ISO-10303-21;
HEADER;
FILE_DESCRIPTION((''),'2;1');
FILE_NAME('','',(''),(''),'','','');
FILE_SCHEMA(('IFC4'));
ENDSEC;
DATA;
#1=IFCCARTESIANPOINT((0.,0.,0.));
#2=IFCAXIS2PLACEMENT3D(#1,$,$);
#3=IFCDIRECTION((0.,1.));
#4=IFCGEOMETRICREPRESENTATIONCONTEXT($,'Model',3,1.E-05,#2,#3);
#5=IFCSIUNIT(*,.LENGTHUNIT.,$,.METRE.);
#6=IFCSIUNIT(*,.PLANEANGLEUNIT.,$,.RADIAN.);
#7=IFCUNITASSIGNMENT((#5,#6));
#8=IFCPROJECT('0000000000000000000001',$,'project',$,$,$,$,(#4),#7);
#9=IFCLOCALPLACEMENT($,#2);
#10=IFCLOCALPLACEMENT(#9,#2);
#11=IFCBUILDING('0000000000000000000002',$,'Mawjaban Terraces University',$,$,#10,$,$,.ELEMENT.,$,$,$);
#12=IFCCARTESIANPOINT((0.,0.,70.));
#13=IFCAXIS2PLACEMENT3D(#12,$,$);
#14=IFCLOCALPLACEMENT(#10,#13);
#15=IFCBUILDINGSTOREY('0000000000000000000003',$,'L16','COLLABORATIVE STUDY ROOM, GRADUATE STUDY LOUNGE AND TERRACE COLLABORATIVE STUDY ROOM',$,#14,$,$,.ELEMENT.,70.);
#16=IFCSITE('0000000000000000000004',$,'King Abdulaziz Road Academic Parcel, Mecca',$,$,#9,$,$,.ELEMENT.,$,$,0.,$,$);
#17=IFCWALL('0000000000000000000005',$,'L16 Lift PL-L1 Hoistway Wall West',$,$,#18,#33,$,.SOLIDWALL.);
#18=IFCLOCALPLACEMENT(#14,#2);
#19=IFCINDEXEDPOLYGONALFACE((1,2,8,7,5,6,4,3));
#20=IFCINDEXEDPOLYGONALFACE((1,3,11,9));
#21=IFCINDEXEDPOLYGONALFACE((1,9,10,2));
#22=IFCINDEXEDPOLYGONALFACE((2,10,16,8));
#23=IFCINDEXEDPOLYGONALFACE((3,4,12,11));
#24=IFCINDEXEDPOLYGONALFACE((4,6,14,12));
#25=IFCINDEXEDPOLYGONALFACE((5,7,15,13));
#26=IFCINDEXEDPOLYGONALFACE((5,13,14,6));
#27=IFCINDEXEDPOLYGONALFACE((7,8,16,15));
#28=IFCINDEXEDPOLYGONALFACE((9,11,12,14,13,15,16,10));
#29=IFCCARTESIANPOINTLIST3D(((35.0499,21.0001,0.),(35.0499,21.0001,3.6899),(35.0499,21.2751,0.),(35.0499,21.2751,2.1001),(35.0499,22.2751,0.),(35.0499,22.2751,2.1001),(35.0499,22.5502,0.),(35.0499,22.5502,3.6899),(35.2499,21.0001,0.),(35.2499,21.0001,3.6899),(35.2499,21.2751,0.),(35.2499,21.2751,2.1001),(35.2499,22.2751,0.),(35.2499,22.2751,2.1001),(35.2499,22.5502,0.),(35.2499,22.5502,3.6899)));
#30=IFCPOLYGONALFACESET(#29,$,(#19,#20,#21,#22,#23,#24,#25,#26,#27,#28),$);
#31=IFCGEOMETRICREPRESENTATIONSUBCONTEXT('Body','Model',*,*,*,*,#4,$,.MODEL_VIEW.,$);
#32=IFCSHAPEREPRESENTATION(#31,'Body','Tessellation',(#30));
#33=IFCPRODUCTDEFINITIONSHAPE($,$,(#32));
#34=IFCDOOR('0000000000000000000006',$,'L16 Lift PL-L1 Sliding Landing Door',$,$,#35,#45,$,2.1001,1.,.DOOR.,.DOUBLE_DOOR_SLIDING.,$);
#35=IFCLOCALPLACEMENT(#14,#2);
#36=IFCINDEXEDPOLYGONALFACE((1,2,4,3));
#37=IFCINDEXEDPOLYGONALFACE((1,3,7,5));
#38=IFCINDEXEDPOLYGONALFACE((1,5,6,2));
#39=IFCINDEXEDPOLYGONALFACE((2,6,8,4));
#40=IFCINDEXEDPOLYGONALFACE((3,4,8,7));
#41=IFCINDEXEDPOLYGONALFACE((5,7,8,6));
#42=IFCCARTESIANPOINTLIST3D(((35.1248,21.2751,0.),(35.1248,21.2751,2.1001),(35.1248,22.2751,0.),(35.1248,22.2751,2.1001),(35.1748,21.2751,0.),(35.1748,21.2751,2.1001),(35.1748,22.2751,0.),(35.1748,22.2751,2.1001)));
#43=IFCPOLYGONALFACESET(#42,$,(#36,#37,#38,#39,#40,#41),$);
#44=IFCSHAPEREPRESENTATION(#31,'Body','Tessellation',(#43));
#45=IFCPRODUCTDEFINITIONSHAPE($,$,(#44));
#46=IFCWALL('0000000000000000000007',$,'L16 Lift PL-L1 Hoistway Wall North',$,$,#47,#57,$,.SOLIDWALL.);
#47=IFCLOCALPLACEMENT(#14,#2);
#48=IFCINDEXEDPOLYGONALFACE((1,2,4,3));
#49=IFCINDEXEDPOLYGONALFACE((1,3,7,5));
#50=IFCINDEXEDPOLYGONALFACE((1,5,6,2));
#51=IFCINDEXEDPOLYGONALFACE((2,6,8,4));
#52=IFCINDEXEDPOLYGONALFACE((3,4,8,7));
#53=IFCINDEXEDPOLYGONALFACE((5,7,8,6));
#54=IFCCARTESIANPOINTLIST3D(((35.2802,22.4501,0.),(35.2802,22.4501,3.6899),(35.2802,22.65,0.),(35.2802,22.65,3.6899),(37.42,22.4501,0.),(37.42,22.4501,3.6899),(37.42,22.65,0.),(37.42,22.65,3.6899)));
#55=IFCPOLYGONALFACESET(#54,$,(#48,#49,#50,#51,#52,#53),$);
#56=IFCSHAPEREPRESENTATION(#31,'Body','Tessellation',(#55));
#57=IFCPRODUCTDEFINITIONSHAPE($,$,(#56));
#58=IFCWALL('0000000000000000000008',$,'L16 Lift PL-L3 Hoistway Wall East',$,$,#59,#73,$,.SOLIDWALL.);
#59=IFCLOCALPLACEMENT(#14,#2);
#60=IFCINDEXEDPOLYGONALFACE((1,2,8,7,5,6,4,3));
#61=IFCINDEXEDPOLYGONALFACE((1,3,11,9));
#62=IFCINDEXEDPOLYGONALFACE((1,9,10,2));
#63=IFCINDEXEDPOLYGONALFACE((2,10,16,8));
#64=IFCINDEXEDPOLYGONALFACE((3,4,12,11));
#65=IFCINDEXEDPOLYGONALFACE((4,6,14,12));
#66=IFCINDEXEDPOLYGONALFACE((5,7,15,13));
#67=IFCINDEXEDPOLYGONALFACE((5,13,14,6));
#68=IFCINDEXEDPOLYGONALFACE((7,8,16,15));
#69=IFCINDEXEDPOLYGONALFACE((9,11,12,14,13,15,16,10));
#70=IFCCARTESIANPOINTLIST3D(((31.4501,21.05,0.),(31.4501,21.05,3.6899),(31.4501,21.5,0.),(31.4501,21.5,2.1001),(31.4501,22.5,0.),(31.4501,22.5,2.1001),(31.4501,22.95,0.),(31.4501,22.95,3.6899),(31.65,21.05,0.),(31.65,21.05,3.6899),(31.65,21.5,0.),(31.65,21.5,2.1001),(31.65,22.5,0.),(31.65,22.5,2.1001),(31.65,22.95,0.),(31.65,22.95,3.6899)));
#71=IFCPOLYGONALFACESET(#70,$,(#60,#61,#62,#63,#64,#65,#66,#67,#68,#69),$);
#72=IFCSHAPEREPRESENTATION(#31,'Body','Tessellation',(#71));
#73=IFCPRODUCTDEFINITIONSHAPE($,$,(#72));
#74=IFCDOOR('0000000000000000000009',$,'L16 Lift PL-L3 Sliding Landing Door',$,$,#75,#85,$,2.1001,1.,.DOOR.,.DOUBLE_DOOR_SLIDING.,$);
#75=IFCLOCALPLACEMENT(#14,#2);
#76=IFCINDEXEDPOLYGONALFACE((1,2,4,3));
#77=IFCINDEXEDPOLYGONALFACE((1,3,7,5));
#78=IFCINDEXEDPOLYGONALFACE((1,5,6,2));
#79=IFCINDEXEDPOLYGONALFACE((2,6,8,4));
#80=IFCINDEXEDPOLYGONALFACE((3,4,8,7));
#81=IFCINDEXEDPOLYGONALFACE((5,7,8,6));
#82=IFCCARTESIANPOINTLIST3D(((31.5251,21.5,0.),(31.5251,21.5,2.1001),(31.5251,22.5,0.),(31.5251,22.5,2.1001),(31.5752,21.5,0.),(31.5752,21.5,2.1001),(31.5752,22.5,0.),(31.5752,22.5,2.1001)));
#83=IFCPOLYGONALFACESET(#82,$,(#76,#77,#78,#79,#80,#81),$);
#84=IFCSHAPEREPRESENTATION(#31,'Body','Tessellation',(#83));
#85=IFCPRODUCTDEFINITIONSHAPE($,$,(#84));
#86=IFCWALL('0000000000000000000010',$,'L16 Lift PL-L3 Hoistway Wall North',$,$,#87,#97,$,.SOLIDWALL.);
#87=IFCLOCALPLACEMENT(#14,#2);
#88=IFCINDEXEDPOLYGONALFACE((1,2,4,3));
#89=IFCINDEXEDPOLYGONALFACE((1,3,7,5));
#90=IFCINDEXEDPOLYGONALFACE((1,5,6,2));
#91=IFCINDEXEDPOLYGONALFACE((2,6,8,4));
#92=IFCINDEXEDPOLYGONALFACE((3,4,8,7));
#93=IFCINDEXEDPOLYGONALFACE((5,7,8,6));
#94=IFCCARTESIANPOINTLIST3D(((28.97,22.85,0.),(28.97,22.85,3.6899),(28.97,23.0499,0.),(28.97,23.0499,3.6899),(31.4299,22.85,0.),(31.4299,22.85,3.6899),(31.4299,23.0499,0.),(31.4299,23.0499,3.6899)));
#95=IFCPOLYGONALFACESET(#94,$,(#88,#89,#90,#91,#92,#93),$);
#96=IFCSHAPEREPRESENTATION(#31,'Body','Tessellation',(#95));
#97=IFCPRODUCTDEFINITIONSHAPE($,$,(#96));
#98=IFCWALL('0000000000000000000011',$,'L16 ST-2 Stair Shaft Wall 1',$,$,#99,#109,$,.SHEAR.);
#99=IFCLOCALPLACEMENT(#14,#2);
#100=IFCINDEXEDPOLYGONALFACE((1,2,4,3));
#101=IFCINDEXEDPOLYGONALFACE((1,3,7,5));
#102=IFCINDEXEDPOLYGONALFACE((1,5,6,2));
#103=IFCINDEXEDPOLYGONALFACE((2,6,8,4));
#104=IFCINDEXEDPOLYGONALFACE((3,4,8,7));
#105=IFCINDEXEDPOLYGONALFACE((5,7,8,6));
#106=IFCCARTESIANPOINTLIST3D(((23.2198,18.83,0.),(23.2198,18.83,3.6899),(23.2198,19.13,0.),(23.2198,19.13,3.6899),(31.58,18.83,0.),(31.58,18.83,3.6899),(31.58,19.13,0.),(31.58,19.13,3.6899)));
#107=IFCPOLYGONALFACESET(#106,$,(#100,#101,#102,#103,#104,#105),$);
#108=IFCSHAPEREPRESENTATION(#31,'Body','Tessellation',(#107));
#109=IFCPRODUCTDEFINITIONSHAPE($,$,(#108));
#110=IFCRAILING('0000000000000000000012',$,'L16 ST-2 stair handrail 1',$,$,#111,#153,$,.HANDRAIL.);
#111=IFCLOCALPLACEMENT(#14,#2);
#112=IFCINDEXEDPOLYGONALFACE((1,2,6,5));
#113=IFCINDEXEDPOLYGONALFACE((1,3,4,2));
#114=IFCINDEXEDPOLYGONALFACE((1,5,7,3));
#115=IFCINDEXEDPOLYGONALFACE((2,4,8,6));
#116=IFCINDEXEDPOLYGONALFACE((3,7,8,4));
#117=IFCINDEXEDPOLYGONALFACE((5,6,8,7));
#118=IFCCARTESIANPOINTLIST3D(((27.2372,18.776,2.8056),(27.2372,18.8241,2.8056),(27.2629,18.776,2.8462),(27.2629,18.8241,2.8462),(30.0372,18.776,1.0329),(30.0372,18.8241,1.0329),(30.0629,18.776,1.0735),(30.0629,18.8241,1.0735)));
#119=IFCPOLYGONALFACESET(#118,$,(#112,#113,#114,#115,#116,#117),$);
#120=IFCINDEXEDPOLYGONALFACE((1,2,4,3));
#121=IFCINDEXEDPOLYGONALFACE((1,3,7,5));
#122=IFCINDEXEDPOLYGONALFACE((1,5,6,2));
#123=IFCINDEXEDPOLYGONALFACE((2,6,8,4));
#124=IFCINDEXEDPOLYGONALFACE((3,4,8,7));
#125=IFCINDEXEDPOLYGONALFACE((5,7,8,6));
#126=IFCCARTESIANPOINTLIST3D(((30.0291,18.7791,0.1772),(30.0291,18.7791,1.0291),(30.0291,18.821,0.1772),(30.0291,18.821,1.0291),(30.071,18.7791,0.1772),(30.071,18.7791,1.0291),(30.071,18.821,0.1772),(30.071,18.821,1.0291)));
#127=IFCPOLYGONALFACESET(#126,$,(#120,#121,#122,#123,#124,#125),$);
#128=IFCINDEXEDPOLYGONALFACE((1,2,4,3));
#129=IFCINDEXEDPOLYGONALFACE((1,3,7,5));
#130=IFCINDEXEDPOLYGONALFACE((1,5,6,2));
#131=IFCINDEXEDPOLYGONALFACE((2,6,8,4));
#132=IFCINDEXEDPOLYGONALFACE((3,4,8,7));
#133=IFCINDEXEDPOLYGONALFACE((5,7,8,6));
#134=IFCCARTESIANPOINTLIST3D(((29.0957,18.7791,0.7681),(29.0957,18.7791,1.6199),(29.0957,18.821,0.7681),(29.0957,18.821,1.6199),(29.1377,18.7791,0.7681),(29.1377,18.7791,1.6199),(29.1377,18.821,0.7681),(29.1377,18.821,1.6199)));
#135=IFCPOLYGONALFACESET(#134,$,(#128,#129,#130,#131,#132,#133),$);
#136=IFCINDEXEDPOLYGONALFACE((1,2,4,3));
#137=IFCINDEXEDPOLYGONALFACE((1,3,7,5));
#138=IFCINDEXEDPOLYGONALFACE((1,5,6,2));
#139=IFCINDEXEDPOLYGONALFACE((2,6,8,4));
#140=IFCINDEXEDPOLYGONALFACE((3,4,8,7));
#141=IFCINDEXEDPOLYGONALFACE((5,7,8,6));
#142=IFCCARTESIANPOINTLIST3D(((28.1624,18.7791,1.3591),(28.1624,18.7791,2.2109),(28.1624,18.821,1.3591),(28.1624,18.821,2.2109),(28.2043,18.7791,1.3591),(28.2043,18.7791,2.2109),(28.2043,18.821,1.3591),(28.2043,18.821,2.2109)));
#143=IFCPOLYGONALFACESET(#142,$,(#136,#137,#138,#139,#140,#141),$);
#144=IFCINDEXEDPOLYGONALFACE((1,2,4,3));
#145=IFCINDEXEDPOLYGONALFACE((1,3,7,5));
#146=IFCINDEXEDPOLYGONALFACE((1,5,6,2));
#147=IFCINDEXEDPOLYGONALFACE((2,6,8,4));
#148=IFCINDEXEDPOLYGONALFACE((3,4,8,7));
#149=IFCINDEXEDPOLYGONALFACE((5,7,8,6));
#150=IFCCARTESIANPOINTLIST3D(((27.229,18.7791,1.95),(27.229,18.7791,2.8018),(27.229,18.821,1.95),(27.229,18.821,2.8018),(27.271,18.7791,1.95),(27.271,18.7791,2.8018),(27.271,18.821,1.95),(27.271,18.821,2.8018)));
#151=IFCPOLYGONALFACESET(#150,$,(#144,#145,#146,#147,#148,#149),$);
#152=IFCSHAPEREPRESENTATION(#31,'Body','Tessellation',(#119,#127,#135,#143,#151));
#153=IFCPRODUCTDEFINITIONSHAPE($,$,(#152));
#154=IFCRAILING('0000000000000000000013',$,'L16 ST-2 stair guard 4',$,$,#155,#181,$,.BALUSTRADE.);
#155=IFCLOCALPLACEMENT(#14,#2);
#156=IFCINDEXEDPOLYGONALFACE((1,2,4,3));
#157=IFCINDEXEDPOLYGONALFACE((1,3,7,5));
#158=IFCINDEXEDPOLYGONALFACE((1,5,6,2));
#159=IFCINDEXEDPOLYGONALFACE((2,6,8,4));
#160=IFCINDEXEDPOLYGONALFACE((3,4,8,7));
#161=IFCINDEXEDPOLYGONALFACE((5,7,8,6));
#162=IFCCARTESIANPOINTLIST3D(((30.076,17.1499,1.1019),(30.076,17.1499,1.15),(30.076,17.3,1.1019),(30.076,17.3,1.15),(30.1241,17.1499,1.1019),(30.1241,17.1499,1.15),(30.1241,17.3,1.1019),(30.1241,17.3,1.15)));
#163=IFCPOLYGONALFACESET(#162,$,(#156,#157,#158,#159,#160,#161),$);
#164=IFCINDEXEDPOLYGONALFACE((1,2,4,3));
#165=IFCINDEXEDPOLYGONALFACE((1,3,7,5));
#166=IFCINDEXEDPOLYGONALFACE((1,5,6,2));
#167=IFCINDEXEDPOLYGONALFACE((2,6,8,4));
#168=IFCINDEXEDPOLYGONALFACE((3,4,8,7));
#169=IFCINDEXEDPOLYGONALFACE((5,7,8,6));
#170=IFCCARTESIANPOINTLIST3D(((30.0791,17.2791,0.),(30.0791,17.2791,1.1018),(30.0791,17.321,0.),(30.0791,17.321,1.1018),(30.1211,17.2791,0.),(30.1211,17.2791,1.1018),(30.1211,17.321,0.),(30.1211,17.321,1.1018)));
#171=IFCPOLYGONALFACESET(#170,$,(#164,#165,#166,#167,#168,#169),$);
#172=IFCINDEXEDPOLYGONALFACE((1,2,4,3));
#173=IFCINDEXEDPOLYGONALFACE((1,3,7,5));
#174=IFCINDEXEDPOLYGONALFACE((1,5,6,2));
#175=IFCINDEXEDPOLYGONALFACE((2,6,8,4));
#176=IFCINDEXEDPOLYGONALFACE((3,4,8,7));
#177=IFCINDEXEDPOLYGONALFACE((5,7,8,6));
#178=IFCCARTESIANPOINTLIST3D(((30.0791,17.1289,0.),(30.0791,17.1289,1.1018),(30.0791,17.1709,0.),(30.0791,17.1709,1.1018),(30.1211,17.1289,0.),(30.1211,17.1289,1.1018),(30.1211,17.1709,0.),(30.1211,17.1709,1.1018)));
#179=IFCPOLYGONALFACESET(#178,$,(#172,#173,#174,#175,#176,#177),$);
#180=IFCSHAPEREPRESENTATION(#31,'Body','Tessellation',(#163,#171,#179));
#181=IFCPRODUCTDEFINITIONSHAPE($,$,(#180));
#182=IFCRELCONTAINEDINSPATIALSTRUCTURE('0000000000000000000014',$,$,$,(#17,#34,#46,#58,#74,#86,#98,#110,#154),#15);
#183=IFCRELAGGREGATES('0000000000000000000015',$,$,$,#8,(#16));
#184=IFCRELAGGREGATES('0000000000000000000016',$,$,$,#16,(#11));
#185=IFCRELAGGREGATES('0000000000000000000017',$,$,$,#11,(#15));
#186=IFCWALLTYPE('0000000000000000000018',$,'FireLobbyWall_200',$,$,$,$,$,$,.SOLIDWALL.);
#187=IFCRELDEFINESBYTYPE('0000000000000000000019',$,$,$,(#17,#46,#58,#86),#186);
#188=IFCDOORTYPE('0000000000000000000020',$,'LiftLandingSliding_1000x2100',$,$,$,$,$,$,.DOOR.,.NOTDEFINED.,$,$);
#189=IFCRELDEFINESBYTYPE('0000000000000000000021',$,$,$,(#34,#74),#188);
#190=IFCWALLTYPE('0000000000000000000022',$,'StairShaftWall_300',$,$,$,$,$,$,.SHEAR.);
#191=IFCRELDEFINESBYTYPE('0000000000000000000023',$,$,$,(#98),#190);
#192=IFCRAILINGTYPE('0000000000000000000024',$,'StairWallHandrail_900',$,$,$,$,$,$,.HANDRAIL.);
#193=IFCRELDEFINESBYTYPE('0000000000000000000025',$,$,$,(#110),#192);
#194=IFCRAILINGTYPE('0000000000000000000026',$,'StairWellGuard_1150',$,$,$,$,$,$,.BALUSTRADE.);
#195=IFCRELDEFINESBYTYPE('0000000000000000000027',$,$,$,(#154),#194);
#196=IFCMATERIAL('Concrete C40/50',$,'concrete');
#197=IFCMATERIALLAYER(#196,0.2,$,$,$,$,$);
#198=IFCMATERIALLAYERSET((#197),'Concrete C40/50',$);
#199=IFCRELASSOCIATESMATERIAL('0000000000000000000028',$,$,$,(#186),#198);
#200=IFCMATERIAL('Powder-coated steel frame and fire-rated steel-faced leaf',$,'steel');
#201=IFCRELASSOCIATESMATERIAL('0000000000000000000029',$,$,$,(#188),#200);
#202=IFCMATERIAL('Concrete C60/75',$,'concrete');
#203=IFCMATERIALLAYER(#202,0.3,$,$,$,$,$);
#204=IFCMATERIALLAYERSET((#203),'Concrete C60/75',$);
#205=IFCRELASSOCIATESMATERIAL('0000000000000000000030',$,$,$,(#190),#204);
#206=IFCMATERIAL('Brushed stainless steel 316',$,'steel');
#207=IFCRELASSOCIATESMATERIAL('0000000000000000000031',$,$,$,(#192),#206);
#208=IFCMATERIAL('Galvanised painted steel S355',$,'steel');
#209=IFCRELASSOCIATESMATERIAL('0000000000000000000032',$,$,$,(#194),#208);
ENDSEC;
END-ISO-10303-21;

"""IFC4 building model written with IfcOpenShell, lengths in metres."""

from ifc_helpers import new_model, si_unit, direction, frame, frame_2d, origin, origin_2d, place, context, subcontext, project, spatial, rectangle, extrude, material, layer, layer_set, type_object, element, fill, save


model = new_model("IFC4")

# Units and contexts
model_context = context("Model", 3, precision=1e-05, world=origin(), true_north=direction((0.0, 1.0)))
body_context = subcontext(model_context, "Body", "Model", "MODEL_VIEW")
ifc_project = project(units=[si_unit("LENGTHUNIT", "METRE"), si_unit("PLANEANGLEUNIT", "RADIAN")], contexts=[model_context])

# Site, building, storey
site_placement = place(None, origin())
site = spatial("IfcSite", under=ifc_project, at=site_placement, Name="King Abdulaziz Road Academic Parcel, Mecca", CompositionType="ELEMENT", RefElevation=0.0)
building_placement = place(site_placement, origin())
building = spatial("IfcBuilding", under=site, at=building_placement, Name="Mawjaban Terraces University", CompositionType="ELEMENT")
storey_placement = place(building_placement, frame((0.0, 0.0, 70.0)))
storey = spatial("IfcBuildingStorey", under=building, at=storey_placement, Name="L16", Description="COLLABORATIVE STUDY ROOM, GRADUATE STUDY LOUNGE AND TERRACE COLLABORATIVE STUDY ROOM", CompositionType="ELEMENT", Elevation=70.0)

# Shared definitions
ifc_material_1 = material(Name="Concrete C40/50", Category="concrete")
ifc_layer_1 = layer(ifc_material_1, 0.2)
ifc_layer_set_1 = layer_set([ifc_layer_1], Name="Concrete C40/50")
wall_type_1 = type_object("IfcWallType", Name="FireLobbyWall_200", PredefinedType="SOLIDWALL", material=ifc_layer_set_1)

# Wall, opening, door
wall_1_placement = place(storey_placement, frame((35.1499, 22.55, 0.0), z_axis=(0.0, 0.0, 1.0), x_axis=(0.0, -1.0, 0.0)))
wall_1 = element("IfcWall", 1, at=wall_1_placement, inside=storey, type_object=wall_type_1, Name="L16 Lift PL-L1 Hoistway Wall West", PredefinedType="SOLIDWALL", context=body_context, shape_type="SweptSolid", body=[
    extrude(rectangle(XDim=1.55, YDim=0.2, at=frame_2d((0.7749, 0.0))), origin(), (0.0, 0.0, 1.0), 3.6899),
])
opening_1_placement = place(wall_1_placement, frame((0.2749, 0.0, 0.0)))
opening_1 = element("IfcOpeningElement", 2, at=opening_1_placement, cuts=wall_1, PredefinedType="OPENING", context=body_context, shape_type="SweptSolid", body=[
    extrude(rectangle(XDim=1.0, YDim=2.1001, at=frame_2d((0.5, 1.05))), frame((0.0, 0.1099, 0.0), z_axis=(0.0, -1.0, 0.0), x_axis=(1.0, 0.0, 0.0)), (0.0, 0.0, 1.0), 0.22),
])
ifc_material_2 = material(Name="Powder-coated steel frame and fire-rated steel-faced leaf", Category="steel")
door_type_1 = type_object("IfcDoorType", Name="LiftLandingSliding_1000x2100", OperationType="NOTDEFINED", PredefinedType="DOOR", material=ifc_material_2)
door_1_placement = place(opening_1_placement, origin())
door_1 = element("IfcDoor", 3, at=door_1_placement, inside=storey, type_object=door_type_1, Name="L16 Lift PL-L1 Sliding Landing Door", OperationType="DOUBLE_DOOR_SLIDING", OverallHeight=2.1001, OverallWidth=1.0, PredefinedType="DOOR", context=body_context, shape_type="SweptSolid", body=[
    extrude(rectangle(XDim=1.0, YDim=2.1001, at=frame_2d((0.5, 1.05))), frame((0.0, 0.0249, 0.0), z_axis=(0.0, -1.0, 0.0), x_axis=(1.0, 0.0, 0.0)), (0.0, 0.0, 1.0), 0.05),
])
fill(opening_1, door_1)

# Wall
wall_2_placement = place(storey_placement, frame((37.4199, 22.55, 0.0), z_axis=(0.0, 0.0, 1.0), x_axis=(-1.0, 0.0, 0.0)))
element("IfcWall", 4, at=wall_2_placement, inside=storey, type_object=wall_type_1, Name="L16 Lift PL-L1 Hoistway Wall North", PredefinedType="SOLIDWALL", context=body_context, shape_type="SweptSolid", body=[
    extrude(rectangle(XDim=2.1399, YDim=0.2, at=frame_2d((1.0698, 0.0))), origin(), (0.0, 0.0, 1.0), 3.6899),
])

# Wall, opening, door
wall_3_placement = place(storey_placement, frame((31.55, 21.05, 0.0), z_axis=(0.0, 0.0, 1.0), x_axis=(0.0, 1.0, 0.0)))
wall_3 = element("IfcWall", 5, at=wall_3_placement, inside=storey, type_object=wall_type_1, Name="L16 Lift PL-L3 Hoistway Wall East", PredefinedType="SOLIDWALL", context=body_context, shape_type="SweptSolid", body=[
    extrude(rectangle(XDim=1.8999, YDim=0.2, at=frame_2d((0.95, 0.0))), origin(), (0.0, 0.0, 1.0), 3.6899),
])
opening_2_placement = place(wall_3_placement, frame((0.45, 0.0, 0.0)))
opening_2 = element("IfcOpeningElement", 6, at=opening_2_placement, cuts=wall_3, PredefinedType="OPENING", context=body_context, shape_type="SweptSolid", body=[
    extrude(rectangle(XDim=1.0, YDim=2.1001, at=frame_2d((0.5, 1.05))), frame((0.0, 0.1099, 0.0), z_axis=(0.0, -1.0, 0.0), x_axis=(1.0, 0.0, 0.0)), (0.0, 0.0, 1.0), 0.22),
])
door_2_placement = place(opening_2_placement, origin())
door_2 = element("IfcDoor", 7, at=door_2_placement, inside=storey, type_object=door_type_1, Name="L16 Lift PL-L3 Sliding Landing Door", OperationType="DOUBLE_DOOR_SLIDING", OverallHeight=2.1001, OverallWidth=1.0, PredefinedType="DOOR", context=body_context, shape_type="SweptSolid", body=[
    extrude(rectangle(XDim=1.0, YDim=2.1001, at=frame_2d((0.5, 1.05))), frame((0.0, 0.0249, 0.0), z_axis=(0.0, -1.0, 0.0), x_axis=(1.0, 0.0, 0.0)), (0.0, 0.0, 1.0), 0.05),
])
fill(opening_2, door_2)

# Walls
wall_4_placement = place(storey_placement, frame((31.4299, 22.95, 0.0), z_axis=(0.0, 0.0, 1.0), x_axis=(-1.0, 0.0, 0.0)))
element("IfcWall", 8, at=wall_4_placement, inside=storey, type_object=wall_type_1, Name="L16 Lift PL-L3 Hoistway Wall North", PredefinedType="SOLIDWALL", context=body_context, shape_type="SweptSolid", body=[
    extrude(rectangle(XDim=2.46, YDim=0.2, at=frame_2d((1.23, 0.0))), origin(), (0.0, 0.0, 1.0), 3.6899),
])
ifc_material_3 = material(Name="Concrete C60/75", Category="concrete")
ifc_layer_2 = layer(ifc_material_3, 0.3)
ifc_layer_set_2 = layer_set([ifc_layer_2], Name="Concrete C60/75")
wall_type_2 = type_object("IfcWallType", Name="StairShaftWall_300", PredefinedType="SHEAR", material=ifc_layer_set_2)
wall_5_placement = place(storey_placement, frame((31.5801, 18.98, 0.0), z_axis=(0.0, 0.0, 1.0), x_axis=(-1.0, 0.0, 0.0)))
element("IfcWall", 9, at=wall_5_placement, inside=storey, type_object=wall_type_2, Name="L16 ST-2 Stair Shaft Wall 1", PredefinedType="SHEAR", context=body_context, shape_type="SweptSolid", body=[
    extrude(rectangle(XDim=8.3601, YDim=0.3, at=frame_2d((4.1802, 0.0))), origin(), (0.0, 0.0, 1.0), 3.6899),
])

# Railings
ifc_material_4 = material(Name="Brushed stainless steel 316", Category="steel")
railing_type_1 = type_object("IfcRailingType", Name="StairWallHandrail_900", PredefinedType="HANDRAIL", material=ifc_material_4)
railing_1_placement = place(storey_placement, frame((30.05, 18.8, 0.1772)))
element("IfcRailing", 10, at=railing_1_placement, inside=storey, type_object=railing_type_1, Name="L16 ST-2 stair handrail 1", PredefinedType="HANDRAIL", context=body_context, shape_type="SweptSolid", body=[
    extrude(rectangle(XDim=0.0481, YDim=0.0481, at=origin_2d()), frame((0.0, 0.0, 0.876), z_axis=(-0.844909, 0.0, 0.53491), x_axis=(0.0, -1.0, 0.0)), (0.0, 0.0, 1.0), 3.314),
    extrude(rectangle(XDim=0.042, YDim=0.042, at=origin_2d()), origin(), (0.0, 0.0, 1.0), 0.8518),
    extrude(rectangle(XDim=0.042, YDim=0.042, at=origin_2d()), frame((-0.9333, 0.0, 0.5908)), (0.0, 0.0, 1.0), 0.8518),
    extrude(rectangle(XDim=0.042, YDim=0.042, at=origin_2d()), frame((-1.8667, 0.0, 1.1819)), (0.0, 0.0, 1.0), 0.8518),
    extrude(rectangle(XDim=0.042, YDim=0.042, at=origin_2d()), frame((-2.8, 0.0, 1.7727)), (0.0, 0.0, 1.0), 0.8518),
])
ifc_material_5 = material(Name="Galvanised painted steel S355", Category="steel")
railing_type_2 = type_object("IfcRailingType", Name="StairWellGuard_1150", PredefinedType="BALUSTRADE", material=ifc_material_5)
railing_2_placement = place(storey_placement, frame((30.1001, 17.3, 0.0)))
element("IfcRailing", 11, at=railing_2_placement, inside=storey, type_object=railing_type_2, Name="L16 ST-2 stair guard 4", PredefinedType="BALUSTRADE", context=body_context, shape_type="SweptSolid", body=[
    extrude(rectangle(XDim=0.0481, YDim=0.0481, at=origin_2d()), frame((0.0, 0.0, 1.126), z_axis=(0.0, -1.0, 0.0), x_axis=(1.0, 0.0, 0.0)), (0.0, 0.0, 1.0), 0.1501),
    extrude(rectangle(XDim=0.042, YDim=0.042, at=origin_2d()), origin(), (0.0, 0.0, 1.0), 1.1018),
    extrude(rectangle(XDim=0.042, YDim=0.042, at=origin_2d()), frame((0.0, -0.1501, 0.0)), (0.0, 0.0, 1.0), 1.1018),
])

save(model, "model.ifc")
